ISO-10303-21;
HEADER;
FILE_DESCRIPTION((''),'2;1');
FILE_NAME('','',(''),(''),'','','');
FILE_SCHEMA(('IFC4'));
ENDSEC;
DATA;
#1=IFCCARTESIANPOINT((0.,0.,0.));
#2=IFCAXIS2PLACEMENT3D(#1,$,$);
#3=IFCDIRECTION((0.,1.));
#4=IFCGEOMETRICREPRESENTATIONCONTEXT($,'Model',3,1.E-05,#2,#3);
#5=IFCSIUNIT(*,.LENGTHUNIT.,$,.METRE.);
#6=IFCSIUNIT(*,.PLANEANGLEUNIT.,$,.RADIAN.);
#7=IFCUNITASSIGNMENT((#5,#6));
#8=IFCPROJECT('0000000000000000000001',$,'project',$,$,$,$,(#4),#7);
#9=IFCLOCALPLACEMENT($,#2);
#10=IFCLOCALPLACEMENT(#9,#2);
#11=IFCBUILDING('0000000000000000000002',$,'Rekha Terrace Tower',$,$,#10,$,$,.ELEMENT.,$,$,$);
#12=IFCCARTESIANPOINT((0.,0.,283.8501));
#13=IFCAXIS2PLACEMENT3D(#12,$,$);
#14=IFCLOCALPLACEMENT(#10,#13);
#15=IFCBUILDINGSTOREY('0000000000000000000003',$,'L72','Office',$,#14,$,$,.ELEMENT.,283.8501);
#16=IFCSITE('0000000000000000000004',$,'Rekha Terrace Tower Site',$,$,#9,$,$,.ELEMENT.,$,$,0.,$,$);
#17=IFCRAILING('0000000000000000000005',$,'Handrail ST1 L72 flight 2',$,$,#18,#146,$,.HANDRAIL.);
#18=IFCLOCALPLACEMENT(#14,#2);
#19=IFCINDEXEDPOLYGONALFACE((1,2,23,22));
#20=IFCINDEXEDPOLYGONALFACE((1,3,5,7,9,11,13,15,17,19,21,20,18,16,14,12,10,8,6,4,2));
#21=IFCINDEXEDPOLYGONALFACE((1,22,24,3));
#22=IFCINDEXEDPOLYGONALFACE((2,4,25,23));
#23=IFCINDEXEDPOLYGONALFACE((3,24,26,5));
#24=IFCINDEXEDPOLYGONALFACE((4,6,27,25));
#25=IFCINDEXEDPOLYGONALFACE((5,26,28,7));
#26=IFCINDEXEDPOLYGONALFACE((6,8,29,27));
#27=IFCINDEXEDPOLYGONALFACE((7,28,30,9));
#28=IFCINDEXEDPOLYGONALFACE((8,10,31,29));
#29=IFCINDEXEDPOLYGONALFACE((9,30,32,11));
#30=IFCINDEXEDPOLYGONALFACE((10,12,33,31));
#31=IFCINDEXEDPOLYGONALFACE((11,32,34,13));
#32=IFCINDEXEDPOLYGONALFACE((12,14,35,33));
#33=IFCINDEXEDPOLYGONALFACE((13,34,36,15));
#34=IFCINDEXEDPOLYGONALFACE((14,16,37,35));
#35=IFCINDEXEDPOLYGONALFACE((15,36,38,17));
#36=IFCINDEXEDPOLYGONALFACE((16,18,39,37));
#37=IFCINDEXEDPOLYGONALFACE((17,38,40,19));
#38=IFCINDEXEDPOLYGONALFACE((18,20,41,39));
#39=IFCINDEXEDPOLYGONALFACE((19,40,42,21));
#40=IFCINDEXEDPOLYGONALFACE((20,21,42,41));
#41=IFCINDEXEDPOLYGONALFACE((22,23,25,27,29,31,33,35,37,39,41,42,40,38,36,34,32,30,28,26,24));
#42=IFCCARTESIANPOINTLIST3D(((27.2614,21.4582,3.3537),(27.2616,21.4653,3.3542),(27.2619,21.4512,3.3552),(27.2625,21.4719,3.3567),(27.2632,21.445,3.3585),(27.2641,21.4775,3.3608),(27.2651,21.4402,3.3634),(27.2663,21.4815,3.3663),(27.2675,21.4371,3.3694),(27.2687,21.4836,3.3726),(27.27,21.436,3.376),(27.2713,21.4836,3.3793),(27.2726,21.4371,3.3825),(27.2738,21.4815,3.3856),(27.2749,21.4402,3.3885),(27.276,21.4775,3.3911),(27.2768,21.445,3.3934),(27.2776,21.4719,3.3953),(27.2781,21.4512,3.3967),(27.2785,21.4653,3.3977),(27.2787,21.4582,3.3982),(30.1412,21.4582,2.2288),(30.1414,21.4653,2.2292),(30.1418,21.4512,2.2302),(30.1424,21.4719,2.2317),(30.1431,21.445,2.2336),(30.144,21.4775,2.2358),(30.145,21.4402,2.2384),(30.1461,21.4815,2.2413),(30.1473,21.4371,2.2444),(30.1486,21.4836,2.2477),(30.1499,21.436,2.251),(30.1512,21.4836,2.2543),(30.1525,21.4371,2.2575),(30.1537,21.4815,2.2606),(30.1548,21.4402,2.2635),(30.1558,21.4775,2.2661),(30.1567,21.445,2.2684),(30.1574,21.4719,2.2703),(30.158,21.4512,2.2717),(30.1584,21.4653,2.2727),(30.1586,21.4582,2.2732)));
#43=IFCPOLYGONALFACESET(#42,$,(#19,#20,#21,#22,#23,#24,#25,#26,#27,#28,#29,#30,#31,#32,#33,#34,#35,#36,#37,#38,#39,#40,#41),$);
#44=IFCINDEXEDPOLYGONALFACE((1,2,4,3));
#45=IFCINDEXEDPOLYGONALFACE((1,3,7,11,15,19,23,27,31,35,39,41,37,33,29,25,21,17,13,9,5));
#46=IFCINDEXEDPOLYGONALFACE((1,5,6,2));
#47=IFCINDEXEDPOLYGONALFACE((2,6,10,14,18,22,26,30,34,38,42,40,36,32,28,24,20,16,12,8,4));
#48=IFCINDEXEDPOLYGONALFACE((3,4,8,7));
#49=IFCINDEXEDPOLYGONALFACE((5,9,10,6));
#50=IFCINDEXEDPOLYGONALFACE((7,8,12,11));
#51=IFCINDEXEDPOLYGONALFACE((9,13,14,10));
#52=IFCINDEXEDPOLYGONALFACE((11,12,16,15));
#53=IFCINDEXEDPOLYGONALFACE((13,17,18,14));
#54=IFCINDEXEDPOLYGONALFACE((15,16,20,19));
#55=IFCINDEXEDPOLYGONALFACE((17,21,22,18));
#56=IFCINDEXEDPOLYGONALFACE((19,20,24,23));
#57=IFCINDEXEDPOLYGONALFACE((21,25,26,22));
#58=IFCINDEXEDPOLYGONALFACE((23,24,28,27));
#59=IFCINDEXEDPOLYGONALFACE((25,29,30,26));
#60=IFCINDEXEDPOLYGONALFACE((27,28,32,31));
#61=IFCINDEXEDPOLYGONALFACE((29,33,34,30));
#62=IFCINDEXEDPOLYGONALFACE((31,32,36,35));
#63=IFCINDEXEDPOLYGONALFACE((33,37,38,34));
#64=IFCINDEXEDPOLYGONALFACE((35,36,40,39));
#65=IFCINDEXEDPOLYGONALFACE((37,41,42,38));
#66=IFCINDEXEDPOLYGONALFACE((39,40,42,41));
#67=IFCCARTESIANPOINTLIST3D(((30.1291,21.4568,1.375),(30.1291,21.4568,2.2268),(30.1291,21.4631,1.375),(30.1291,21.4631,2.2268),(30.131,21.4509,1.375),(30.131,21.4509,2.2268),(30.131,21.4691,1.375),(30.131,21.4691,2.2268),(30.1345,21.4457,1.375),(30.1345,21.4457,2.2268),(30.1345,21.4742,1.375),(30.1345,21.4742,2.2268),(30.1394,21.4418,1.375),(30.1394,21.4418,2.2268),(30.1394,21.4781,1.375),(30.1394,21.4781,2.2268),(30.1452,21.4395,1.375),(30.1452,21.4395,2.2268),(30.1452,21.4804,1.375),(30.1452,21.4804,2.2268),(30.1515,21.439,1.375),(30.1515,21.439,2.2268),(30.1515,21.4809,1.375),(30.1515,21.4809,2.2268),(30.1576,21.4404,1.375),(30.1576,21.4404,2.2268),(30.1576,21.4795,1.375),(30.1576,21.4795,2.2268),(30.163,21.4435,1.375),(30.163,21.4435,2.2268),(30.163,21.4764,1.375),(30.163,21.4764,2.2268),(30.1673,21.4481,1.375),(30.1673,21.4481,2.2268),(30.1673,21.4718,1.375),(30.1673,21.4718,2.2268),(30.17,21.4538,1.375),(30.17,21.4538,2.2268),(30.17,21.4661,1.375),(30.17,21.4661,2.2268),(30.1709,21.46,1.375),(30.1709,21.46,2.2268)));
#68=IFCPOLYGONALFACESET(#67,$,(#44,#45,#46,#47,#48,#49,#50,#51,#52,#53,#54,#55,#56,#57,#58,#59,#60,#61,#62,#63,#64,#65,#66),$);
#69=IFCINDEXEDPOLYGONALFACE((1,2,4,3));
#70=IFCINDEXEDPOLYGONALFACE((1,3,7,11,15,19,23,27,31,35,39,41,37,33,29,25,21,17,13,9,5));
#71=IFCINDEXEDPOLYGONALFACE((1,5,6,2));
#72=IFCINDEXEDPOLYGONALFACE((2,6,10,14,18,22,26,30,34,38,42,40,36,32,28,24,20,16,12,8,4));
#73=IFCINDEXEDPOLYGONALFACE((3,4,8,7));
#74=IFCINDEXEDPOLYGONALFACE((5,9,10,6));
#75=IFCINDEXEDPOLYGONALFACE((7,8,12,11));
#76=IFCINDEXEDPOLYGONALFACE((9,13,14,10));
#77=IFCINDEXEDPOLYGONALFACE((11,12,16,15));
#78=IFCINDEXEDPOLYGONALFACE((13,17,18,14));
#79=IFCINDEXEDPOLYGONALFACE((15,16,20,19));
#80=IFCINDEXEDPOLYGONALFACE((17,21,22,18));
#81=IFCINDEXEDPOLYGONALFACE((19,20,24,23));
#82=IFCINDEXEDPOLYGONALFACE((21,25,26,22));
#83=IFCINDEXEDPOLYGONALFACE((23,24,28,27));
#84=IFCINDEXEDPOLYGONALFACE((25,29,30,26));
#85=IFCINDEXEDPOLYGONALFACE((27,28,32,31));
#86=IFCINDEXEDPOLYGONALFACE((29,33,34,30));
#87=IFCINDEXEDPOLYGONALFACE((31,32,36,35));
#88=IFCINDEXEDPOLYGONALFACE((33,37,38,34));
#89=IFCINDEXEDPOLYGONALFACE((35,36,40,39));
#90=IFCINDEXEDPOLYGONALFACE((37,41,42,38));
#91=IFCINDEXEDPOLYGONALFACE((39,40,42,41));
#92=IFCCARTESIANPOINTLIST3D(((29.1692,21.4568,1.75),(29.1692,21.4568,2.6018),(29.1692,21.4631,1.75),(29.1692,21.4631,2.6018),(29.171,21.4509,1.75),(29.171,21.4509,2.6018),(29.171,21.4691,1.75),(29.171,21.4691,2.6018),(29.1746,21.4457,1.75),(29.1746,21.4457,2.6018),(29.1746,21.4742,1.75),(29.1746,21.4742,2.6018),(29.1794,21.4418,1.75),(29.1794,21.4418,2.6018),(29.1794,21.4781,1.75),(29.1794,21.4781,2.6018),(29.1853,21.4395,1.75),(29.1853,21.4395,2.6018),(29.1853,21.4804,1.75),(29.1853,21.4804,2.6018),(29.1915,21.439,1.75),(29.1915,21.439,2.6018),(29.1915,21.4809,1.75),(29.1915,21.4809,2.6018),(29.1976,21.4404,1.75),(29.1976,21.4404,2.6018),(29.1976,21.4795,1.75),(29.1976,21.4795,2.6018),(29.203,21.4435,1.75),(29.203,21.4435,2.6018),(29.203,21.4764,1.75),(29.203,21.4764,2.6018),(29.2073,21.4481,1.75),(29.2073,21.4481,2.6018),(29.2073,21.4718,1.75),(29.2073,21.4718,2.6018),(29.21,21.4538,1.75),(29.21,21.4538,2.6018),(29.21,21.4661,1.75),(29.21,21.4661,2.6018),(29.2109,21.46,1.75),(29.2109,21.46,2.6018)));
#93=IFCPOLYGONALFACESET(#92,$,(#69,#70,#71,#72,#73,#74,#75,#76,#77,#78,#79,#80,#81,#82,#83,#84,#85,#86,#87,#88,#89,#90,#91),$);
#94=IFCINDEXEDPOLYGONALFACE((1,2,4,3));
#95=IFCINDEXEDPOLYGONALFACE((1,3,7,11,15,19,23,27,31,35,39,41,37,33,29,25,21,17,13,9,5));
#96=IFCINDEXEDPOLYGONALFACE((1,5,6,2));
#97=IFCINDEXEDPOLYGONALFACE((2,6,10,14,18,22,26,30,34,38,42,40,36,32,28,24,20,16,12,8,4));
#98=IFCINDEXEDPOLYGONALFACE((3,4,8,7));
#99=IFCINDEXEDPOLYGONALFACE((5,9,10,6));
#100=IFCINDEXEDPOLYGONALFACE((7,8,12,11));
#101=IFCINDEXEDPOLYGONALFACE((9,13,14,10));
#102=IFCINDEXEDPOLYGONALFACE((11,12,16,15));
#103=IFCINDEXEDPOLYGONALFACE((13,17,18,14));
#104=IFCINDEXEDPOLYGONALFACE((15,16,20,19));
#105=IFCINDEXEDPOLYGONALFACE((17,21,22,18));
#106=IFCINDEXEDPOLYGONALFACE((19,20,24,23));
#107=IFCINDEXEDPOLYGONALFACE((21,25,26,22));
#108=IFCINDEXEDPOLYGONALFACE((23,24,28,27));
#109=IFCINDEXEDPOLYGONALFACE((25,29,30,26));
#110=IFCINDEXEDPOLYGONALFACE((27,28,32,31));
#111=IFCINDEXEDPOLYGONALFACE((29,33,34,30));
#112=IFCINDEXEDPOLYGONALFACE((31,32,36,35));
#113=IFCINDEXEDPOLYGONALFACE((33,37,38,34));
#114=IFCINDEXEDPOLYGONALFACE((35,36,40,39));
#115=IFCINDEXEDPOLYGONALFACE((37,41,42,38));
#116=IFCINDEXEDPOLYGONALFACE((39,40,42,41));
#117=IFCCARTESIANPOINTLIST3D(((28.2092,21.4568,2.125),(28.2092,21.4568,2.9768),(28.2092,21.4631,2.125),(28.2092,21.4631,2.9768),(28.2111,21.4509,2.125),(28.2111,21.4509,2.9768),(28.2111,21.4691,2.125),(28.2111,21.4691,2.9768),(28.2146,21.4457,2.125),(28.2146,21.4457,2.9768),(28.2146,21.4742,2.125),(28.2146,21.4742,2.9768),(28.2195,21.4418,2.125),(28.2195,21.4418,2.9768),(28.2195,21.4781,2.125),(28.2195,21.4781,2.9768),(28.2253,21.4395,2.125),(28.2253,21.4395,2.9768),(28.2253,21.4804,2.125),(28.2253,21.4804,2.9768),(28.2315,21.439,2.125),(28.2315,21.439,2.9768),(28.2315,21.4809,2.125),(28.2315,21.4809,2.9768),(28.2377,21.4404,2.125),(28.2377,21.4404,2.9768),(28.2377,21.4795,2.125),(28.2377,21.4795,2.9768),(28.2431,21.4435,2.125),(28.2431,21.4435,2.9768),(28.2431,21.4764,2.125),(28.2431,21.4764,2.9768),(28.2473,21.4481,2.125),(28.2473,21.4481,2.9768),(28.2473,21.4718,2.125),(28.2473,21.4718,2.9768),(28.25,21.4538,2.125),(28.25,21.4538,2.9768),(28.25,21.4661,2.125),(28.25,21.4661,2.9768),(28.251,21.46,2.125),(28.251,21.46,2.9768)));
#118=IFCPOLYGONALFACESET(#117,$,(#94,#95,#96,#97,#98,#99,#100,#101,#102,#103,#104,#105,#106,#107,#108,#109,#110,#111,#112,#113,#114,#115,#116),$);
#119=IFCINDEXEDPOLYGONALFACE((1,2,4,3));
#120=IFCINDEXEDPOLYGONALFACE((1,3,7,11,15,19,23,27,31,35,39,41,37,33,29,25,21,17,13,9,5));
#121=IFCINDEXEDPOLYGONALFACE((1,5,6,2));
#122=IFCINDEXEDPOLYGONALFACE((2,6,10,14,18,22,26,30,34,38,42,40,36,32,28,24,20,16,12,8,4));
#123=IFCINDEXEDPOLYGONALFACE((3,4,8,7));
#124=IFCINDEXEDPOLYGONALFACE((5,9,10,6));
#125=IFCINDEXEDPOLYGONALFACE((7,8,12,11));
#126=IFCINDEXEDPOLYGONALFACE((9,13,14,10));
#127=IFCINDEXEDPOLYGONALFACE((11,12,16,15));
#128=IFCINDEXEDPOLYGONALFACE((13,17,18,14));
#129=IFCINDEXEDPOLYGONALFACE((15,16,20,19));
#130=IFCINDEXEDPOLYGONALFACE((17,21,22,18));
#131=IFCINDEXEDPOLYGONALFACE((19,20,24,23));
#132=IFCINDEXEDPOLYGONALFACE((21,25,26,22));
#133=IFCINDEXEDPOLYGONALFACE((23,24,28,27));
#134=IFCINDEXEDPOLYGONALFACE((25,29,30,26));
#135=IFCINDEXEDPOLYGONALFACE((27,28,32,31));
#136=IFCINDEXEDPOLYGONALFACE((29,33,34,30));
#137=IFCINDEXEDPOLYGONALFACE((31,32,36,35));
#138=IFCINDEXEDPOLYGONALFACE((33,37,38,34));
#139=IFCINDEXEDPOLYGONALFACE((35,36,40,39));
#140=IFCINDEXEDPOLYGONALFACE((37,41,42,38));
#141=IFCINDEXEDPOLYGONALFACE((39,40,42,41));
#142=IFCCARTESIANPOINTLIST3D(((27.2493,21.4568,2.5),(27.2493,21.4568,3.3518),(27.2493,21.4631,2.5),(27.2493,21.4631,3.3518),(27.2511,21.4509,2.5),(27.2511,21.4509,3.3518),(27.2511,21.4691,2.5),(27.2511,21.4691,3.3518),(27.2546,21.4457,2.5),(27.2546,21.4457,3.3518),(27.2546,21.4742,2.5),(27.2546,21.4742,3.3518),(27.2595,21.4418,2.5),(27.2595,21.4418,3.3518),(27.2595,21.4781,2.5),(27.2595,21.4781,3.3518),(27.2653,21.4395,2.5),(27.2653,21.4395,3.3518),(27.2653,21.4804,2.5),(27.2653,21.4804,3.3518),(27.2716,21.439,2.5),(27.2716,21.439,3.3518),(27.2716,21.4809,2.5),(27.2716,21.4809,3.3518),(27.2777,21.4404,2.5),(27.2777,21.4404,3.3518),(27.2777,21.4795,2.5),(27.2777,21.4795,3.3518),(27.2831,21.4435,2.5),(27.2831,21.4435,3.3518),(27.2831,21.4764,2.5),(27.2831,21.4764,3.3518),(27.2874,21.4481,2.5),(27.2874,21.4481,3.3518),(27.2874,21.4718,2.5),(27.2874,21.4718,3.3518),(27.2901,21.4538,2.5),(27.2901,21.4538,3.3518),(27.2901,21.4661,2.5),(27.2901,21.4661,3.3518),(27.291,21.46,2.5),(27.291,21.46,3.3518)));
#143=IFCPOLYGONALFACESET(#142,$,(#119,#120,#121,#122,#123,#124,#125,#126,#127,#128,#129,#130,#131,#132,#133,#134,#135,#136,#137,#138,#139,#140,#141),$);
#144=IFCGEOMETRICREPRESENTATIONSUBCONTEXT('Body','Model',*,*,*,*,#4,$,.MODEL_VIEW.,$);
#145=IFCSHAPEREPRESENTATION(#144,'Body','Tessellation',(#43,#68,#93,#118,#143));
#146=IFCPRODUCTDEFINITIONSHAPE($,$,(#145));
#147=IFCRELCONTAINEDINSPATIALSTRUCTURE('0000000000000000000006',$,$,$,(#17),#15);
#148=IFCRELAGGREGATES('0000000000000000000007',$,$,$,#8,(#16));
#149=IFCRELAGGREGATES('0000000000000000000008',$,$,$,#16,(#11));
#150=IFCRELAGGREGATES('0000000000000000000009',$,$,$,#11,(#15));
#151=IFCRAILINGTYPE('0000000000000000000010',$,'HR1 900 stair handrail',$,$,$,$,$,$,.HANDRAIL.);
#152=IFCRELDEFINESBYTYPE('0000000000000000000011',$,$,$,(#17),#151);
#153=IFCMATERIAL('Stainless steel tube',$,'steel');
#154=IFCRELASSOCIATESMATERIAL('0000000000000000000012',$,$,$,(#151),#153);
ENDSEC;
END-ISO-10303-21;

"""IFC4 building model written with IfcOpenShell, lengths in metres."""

from ifc_helpers import new_model, si_unit, direction, frame, origin, origin_2d, place, context, subcontext, project, spatial, circle, extrude, material, type_object, element, save


model = new_model("IFC4")

# Units and contexts
model_context = context("Model", 3, precision=1e-05, world=origin(), true_north=direction((0.0, 1.0)))
body_context = subcontext(model_context, "Body", "Model", "MODEL_VIEW")
ifc_project = project(units=[si_unit("LENGTHUNIT", "METRE"), si_unit("PLANEANGLEUNIT", "RADIAN")], contexts=[model_context])

# Site, building, storey
site_placement = place(None, origin())
site = spatial("IfcSite", under=ifc_project, at=site_placement, Name="Rekha Terrace Tower Site", CompositionType="ELEMENT", RefElevation=0.0)
building_placement = place(site_placement, origin())
building = spatial("IfcBuilding", under=site, at=building_placement, Name="Rekha Terrace Tower", CompositionType="ELEMENT")
storey_placement = place(building_placement, frame((0.0, 0.0, 283.8501)))
storey = spatial("IfcBuildingStorey", under=building, at=storey_placement, Name="L72", Description="Office", CompositionType="ELEMENT", Elevation=283.8501)

# Railing
ifc_material_1 = material(Name="Stainless steel tube", Category="steel")
railing_type_1 = type_object("IfcRailingType", Name="HR1 900 stair handrail", PredefinedType="HANDRAIL", material=ifc_material_1)
railing_1_placement = place(storey_placement, frame((30.1499, 21.46, 1.375)))
element("IfcRailing", 1, at=railing_1_placement, inside=storey, type_object=railing_type_1, Name="Handrail ST1 L72 flight 2", PredefinedType="HANDRAIL", context=body_context, shape_type="SweptSolid", body=[
    extrude(circle(Radius=0.0239, at=origin_2d()), frame((0.0, 0.0, 0.876), z_axis=(-0.931452, 0.0, 0.363863), x_axis=(0.0, -1.0, 0.0)), (0.0, 0.0, 1.0), 3.0918),
    extrude(circle(Radius=0.021, at=origin_2d()), origin(), (0.0, 0.0, 1.0), 0.8518),
    extrude(circle(Radius=0.021, at=origin_2d()), frame((-0.96, 0.0, 0.375)), (0.0, 0.0, 1.0), 0.8518),
    extrude(circle(Radius=0.021, at=origin_2d()), frame((-1.9199, 0.0, 0.75)), (0.0, 0.0, 1.0), 0.8518),
    extrude(circle(Radius=0.021, at=origin_2d()), frame((-2.8799, 0.0, 1.125)), (0.0, 0.0, 1.0), 0.8518),
])

save(model, "model.ifc")
